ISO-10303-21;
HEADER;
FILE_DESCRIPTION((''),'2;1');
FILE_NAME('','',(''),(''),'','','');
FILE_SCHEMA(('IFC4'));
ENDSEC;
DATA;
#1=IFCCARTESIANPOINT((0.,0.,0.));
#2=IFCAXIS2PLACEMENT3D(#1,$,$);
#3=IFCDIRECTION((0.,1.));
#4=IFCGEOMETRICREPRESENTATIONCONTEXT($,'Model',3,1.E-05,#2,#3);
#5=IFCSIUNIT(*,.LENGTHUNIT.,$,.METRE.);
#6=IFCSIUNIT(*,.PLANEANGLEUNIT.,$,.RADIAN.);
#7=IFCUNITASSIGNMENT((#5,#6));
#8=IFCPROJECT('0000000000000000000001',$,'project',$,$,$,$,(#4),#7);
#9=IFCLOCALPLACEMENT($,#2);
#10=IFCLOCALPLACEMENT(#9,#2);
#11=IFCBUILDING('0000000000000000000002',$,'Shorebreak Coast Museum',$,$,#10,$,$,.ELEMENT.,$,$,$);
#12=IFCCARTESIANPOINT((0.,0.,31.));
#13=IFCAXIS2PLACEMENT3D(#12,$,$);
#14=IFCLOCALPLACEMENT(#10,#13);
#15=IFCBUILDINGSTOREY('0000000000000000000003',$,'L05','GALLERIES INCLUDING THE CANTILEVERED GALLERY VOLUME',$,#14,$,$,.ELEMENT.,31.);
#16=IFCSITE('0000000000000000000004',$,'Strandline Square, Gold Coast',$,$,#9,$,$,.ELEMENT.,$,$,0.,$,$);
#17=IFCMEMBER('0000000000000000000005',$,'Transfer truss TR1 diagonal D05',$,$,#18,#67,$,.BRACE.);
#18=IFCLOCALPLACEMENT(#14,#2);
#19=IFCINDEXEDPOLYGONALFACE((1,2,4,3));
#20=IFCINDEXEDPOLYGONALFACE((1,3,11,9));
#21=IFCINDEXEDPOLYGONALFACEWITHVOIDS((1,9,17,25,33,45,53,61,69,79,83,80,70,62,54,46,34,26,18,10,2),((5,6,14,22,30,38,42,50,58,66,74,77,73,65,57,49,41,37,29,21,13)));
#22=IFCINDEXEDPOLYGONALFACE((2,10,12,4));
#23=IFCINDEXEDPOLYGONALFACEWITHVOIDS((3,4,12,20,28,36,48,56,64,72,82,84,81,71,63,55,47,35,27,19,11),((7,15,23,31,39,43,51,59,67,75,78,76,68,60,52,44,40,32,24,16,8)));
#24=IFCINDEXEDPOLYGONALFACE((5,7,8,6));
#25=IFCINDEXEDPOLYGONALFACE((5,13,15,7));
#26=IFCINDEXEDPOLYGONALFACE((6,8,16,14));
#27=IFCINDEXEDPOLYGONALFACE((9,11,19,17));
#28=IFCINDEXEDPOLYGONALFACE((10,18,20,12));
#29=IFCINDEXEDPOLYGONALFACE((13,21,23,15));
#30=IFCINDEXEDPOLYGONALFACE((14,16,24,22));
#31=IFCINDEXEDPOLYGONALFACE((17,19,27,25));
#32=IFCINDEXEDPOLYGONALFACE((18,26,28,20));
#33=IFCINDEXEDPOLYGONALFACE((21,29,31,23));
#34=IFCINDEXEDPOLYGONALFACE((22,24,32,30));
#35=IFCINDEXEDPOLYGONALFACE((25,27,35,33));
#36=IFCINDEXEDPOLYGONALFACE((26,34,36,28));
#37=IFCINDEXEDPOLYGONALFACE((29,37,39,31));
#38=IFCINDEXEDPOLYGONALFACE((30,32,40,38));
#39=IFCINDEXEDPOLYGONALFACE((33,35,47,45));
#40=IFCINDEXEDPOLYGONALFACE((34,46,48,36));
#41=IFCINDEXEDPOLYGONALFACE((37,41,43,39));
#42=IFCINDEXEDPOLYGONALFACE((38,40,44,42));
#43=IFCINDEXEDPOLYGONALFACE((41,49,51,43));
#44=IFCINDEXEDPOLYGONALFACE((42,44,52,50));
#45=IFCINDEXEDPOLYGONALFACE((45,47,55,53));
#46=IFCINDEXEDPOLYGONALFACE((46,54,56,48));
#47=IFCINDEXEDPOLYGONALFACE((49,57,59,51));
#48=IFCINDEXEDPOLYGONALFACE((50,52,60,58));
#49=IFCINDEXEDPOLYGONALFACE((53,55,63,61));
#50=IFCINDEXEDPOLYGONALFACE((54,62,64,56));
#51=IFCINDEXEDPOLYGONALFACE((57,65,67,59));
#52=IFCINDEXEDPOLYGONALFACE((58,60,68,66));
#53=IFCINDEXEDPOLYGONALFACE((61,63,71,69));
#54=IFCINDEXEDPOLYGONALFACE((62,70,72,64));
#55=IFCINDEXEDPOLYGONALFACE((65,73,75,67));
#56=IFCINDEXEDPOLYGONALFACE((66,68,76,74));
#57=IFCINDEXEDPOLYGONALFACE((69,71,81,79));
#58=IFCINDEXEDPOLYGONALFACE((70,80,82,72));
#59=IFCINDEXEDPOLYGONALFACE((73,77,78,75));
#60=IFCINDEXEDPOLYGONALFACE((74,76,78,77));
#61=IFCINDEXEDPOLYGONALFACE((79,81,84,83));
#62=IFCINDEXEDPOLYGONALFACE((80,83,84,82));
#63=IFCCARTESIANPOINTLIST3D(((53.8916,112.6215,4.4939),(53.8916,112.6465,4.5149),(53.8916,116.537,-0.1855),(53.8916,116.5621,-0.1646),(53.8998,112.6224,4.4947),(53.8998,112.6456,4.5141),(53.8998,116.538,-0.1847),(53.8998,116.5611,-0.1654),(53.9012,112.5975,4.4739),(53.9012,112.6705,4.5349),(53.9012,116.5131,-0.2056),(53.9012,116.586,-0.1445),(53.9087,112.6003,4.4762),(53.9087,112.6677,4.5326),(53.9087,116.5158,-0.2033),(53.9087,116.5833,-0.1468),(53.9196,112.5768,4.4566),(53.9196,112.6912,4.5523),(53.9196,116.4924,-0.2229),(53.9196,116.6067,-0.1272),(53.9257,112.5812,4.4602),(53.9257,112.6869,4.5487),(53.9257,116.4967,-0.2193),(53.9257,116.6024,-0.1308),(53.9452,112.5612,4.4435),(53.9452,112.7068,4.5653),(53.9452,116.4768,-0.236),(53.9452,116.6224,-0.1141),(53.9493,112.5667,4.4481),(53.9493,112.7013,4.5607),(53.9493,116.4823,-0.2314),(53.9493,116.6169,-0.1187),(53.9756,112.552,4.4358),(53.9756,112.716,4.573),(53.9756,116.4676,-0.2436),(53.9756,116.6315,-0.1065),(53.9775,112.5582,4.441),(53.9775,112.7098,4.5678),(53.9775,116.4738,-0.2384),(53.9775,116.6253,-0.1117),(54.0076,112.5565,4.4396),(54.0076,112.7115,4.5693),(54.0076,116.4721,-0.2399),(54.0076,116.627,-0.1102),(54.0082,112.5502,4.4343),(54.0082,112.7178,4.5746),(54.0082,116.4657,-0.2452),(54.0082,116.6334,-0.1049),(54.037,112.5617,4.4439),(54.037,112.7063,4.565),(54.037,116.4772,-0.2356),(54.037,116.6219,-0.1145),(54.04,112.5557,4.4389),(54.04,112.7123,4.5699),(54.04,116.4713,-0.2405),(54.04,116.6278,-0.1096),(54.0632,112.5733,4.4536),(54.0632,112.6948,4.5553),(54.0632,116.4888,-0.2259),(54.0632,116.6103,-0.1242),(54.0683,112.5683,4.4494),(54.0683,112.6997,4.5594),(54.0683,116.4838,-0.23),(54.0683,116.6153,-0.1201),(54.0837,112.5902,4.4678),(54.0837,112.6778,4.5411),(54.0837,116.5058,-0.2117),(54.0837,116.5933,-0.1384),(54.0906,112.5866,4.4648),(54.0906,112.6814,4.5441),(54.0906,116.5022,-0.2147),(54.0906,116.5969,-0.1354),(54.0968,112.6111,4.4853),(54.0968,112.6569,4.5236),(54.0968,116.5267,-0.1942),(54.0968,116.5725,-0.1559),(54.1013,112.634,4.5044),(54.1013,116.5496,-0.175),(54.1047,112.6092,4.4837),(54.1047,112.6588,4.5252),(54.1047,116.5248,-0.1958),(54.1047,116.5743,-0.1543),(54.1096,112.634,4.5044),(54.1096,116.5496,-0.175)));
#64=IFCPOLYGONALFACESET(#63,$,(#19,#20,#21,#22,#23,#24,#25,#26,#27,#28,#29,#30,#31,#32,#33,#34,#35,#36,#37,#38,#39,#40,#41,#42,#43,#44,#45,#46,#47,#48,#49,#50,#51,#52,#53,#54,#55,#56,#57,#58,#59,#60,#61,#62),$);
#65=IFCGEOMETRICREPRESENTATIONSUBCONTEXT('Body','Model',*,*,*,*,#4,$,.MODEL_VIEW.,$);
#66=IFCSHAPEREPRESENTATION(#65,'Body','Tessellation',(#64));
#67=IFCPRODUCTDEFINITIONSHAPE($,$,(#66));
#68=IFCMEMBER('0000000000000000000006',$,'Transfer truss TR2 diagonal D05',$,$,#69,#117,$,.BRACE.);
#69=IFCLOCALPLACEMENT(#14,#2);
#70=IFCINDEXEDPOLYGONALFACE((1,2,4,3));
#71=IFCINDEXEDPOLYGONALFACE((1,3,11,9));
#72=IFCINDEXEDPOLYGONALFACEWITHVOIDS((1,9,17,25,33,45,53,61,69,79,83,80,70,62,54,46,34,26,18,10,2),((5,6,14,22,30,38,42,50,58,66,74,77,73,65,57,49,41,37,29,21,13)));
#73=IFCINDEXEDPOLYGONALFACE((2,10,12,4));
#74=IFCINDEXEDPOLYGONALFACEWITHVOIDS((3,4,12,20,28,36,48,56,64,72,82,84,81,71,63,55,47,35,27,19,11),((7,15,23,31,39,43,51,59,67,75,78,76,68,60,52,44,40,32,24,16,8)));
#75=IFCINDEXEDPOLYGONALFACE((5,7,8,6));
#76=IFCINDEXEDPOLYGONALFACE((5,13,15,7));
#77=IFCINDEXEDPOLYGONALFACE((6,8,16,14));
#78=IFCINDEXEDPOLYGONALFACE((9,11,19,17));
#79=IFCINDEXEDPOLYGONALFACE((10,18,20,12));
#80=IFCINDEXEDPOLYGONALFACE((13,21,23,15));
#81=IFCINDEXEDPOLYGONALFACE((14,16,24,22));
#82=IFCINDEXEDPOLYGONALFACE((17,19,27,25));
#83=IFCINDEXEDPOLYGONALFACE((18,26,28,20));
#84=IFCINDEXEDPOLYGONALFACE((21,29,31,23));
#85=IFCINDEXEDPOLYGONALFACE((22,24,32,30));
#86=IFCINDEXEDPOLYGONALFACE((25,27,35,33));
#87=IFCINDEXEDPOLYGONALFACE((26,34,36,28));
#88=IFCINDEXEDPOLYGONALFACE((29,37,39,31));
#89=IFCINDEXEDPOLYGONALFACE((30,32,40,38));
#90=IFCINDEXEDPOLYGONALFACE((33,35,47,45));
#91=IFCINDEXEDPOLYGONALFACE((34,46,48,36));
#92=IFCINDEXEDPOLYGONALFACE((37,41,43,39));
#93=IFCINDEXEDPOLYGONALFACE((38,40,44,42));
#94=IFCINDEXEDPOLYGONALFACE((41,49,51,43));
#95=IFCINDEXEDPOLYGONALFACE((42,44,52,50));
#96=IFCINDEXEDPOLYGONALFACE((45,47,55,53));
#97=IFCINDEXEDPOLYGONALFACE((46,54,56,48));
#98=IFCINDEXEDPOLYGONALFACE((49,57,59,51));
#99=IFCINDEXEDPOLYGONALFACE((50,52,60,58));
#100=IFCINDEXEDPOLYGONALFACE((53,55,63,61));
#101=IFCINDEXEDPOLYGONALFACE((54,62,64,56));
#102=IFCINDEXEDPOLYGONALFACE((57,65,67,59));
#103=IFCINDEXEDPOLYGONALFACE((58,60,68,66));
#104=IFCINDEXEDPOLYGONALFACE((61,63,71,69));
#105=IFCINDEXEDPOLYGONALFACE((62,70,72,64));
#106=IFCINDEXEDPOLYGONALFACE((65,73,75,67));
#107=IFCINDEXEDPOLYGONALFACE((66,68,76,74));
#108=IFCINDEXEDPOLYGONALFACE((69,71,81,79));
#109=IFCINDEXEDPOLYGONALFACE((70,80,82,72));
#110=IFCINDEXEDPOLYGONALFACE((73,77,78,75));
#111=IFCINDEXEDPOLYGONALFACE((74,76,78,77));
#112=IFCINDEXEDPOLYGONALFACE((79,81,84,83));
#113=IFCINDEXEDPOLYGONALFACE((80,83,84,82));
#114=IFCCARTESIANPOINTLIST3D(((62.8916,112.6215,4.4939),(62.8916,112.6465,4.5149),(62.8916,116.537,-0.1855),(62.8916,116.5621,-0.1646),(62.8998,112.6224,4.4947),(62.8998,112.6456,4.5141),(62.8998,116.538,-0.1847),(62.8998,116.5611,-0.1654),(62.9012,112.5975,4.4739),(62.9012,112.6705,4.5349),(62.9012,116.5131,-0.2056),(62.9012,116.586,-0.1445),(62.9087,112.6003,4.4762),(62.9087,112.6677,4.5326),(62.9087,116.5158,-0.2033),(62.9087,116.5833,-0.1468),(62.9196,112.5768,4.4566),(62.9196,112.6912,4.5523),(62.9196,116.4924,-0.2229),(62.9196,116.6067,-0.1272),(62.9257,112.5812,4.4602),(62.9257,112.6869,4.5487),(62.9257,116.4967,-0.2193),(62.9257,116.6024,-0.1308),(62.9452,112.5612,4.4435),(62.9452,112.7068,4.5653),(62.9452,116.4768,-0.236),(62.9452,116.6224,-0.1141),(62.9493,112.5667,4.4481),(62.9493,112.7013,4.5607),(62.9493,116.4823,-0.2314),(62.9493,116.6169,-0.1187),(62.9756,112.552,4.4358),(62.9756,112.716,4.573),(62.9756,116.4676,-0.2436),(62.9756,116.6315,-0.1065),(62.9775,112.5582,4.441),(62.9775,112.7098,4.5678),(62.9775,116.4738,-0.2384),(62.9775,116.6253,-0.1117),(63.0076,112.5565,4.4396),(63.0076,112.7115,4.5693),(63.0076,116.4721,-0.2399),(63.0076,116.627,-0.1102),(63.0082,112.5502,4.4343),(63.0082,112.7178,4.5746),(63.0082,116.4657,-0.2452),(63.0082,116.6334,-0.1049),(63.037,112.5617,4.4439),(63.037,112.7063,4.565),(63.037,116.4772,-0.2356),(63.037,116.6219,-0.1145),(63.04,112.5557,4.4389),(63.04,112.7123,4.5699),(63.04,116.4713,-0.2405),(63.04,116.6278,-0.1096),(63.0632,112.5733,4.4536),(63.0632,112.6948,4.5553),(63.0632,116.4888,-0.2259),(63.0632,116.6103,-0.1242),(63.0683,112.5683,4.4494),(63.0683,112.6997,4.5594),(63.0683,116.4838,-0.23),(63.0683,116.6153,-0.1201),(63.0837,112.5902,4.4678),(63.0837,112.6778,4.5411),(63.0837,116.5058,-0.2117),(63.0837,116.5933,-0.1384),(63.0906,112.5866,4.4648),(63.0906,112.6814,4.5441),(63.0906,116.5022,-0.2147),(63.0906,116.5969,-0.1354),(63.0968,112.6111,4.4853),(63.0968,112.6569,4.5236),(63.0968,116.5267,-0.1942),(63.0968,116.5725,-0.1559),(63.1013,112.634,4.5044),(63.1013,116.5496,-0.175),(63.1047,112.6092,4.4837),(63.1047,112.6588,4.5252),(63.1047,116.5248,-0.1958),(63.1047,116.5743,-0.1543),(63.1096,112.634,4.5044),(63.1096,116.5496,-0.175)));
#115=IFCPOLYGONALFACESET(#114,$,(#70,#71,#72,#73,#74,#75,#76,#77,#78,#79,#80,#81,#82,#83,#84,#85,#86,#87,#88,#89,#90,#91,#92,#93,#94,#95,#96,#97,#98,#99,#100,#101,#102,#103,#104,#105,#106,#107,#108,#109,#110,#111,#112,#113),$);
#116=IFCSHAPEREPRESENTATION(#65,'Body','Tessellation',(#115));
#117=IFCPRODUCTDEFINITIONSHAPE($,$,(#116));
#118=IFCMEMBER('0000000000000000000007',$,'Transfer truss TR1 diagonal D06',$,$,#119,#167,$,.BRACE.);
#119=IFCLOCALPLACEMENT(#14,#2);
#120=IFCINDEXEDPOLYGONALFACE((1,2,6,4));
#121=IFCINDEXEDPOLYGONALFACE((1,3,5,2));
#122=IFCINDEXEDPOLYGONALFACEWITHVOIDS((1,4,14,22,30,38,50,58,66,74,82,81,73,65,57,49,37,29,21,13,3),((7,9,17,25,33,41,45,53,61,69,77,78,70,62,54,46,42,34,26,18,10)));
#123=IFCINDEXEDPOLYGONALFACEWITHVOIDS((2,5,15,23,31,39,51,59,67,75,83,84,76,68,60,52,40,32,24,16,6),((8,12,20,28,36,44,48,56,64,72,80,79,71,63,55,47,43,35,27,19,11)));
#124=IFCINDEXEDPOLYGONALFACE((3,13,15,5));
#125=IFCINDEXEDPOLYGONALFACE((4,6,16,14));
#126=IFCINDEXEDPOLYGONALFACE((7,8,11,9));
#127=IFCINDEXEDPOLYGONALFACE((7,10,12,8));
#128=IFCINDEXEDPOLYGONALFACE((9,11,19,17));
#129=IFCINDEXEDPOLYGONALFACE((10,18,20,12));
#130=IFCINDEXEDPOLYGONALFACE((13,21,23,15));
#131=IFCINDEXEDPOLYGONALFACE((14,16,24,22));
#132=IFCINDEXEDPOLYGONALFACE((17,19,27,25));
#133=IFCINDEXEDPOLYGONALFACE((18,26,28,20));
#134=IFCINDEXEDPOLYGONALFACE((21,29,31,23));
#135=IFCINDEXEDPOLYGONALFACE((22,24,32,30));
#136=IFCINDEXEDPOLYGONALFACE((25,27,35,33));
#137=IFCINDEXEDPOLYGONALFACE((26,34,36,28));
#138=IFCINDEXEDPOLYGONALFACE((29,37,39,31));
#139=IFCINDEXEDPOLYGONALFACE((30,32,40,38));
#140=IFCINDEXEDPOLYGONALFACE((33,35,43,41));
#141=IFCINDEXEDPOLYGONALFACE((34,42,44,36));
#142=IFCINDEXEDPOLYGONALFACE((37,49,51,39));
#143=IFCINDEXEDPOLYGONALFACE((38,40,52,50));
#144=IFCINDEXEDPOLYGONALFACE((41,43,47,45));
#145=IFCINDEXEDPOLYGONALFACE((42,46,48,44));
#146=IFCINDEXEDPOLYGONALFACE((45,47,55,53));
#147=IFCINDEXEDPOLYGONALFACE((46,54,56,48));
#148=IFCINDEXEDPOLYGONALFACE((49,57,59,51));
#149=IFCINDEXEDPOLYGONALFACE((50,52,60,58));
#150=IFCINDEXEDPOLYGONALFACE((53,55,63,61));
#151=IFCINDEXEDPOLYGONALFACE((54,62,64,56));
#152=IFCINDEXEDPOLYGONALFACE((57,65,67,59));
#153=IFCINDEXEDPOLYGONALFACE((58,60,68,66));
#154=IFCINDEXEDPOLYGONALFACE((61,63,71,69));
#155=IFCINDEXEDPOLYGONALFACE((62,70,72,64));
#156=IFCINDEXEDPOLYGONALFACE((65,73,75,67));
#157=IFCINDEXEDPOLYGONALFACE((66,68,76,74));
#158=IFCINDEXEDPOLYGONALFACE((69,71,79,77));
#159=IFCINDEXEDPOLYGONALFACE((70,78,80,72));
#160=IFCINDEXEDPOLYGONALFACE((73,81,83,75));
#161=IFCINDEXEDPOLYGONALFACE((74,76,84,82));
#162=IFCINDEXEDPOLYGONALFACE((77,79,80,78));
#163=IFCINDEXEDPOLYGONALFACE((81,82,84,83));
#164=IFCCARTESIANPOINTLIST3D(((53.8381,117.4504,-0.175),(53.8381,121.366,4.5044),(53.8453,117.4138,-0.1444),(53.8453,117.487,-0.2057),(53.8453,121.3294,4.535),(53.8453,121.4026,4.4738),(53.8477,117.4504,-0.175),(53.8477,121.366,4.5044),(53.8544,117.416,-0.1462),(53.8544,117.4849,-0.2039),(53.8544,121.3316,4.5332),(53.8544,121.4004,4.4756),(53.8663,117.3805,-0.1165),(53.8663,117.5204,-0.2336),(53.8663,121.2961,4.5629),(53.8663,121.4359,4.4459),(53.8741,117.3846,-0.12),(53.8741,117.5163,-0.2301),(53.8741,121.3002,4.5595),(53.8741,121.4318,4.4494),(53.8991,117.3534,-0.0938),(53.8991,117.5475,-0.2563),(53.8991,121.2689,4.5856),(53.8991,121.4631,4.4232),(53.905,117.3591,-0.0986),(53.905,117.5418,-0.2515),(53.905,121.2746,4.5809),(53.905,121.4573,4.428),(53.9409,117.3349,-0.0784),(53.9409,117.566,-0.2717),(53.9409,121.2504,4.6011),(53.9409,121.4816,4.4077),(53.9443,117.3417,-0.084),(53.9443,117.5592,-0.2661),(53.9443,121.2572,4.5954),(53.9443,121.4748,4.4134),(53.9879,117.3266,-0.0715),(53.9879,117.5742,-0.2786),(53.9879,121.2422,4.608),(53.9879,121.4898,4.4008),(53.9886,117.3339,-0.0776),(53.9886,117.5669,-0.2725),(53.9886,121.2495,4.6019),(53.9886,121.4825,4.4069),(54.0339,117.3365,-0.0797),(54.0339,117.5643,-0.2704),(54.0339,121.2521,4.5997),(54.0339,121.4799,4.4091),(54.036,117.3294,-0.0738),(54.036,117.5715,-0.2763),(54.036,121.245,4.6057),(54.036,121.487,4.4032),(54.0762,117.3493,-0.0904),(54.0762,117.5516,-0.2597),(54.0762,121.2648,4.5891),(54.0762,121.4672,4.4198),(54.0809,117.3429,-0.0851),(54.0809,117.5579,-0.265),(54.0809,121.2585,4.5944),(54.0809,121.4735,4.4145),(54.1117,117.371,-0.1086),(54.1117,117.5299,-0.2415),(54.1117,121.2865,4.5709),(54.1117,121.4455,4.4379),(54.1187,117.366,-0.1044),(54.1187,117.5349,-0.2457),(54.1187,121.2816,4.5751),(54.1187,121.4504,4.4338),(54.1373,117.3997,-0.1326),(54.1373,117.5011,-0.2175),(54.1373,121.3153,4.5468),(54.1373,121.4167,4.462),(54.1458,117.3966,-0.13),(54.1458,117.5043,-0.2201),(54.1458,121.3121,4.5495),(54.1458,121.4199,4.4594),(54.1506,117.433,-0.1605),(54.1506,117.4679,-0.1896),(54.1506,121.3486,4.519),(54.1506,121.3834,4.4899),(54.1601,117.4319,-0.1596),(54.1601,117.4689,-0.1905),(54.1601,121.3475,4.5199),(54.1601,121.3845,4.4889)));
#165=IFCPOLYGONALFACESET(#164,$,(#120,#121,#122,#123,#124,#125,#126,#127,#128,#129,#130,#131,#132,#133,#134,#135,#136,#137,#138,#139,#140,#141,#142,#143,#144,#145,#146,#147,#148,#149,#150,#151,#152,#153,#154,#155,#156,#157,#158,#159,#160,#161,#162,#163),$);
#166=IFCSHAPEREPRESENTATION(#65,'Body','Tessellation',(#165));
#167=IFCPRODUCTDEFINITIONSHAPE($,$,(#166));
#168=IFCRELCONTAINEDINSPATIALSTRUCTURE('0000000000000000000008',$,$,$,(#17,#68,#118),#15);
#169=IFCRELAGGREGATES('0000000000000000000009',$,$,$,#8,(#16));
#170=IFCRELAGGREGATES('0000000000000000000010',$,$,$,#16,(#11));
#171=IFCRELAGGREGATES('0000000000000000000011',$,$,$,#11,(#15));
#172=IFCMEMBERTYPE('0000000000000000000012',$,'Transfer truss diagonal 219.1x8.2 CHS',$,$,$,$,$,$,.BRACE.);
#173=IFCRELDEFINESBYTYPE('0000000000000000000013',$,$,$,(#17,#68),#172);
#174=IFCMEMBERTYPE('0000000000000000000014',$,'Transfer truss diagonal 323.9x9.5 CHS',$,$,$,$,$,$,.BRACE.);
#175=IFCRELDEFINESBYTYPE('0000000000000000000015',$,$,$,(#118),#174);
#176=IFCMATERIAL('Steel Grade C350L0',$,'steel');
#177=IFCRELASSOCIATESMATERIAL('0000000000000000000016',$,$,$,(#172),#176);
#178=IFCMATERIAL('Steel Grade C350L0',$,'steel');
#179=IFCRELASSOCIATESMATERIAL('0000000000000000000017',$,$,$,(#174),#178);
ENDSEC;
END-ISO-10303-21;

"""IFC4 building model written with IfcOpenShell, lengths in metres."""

from ifc_helpers import new_model, si_unit, direction, frame, origin, origin_2d, place, context, subcontext, project, spatial, hollow_circle, extrude, material, material_profile, profile_set, type_object, element, save


model = new_model("IFC4")

# Units and contexts
model_context = context("Model", 3, precision=1e-05, world=origin(), true_north=direction((0.0, 1.0)))
body_context = subcontext(model_context, "Body", "Model", "MODEL_VIEW")
ifc_project = project(units=[si_unit("LENGTHUNIT", "METRE"), si_unit("PLANEANGLEUNIT", "RADIAN")], contexts=[model_context])

# Site, building, storey
site_placement = place(None, origin())
site = spatial("IfcSite", under=ifc_project, at=site_placement, Name="Strandline Square, Gold Coast", CompositionType="ELEMENT", RefElevation=0.0)
building_placement = place(site_placement, origin())
building = spatial("IfcBuilding", under=site, at=building_placement, Name="Shorebreak Coast Museum", CompositionType="ELEMENT")
storey_placement = place(building_placement, frame((0.0, 0.0, 31.0)))
storey = spatial("IfcBuildingStorey", under=building, at=storey_placement, Name="L05", Description="GALLERIES INCLUDING THE CANTILEVERED GALLERY VOLUME", CompositionType="ELEMENT", Elevation=31.0)

# Members
ifc_material_1 = material(Name="Steel Grade C350L0", Category="steel")
ifc_material_profile_1 = material_profile(ifc_material_1, hollow_circle(Radius=0.1096, WallThickness=0.0083, at=origin_2d()), Name="219.1x8.2 CHS")
ifc_profile_set_1 = profile_set([ifc_material_profile_1], Name="Steel Grade C350L0")
member_type_1 = type_object("IfcMemberType", Name="Transfer truss diagonal 219.1x8.2 CHS", PredefinedType="BRACE", material=ifc_profile_set_1)
for number, where, z_axis, x_axis, name in (
    (1, (54.0, 116.5496, -0.175), (0.0, -0.64173, 0.766931), (1.0, 0.0, 0.0), "Transfer truss TR1 diagonal D05"),
    (2, (63.0, 116.5496, -0.175), (0.0, -0.64173, 0.766931), (1.0, 0.0, 0.0), "Transfer truss TR2 diagonal D05"),
):
    element("IfcMember", number, at=place(storey_placement, frame(where, z_axis=z_axis, x_axis=x_axis)), inside=storey, type_object=member_type_1, Name=name, PredefinedType="BRACE", context=body_context, shape_type="SweptSolid", body=[
        extrude(hollow_circle(Radius=0.1096, WallThickness=0.0083, at=origin_2d()), origin(), (0.0, 0.0, 1.0), 6.1016),
    ])
ifc_material_2 = material(Name="Steel Grade C350L0", Category="steel")
ifc_material_profile_2 = material_profile(ifc_material_2, hollow_circle(Radius=0.1619, WallThickness=0.0095, at=origin_2d()), Name="323.9x9.5 CHS")
ifc_profile_set_2 = profile_set([ifc_material_profile_2], Name="Steel Grade C350L0")
member_type_2 = type_object("IfcMemberType", Name="Transfer truss diagonal 323.9x9.5 CHS", PredefinedType="BRACE", material=ifc_profile_set_2)
for number, where, z_axis, x_axis, name in (
    (3, (54.0, 117.4504, -0.175), (0.0, 0.64173, 0.766931), (-1.0, 0.0, 0.0), "Transfer truss TR1 diagonal D06"),
):
    element("IfcMember", number, at=place(storey_placement, frame(where, z_axis=z_axis, x_axis=x_axis)), inside=storey, type_object=member_type_2, Name=name, PredefinedType="BRACE", context=body_context, shape_type="SweptSolid", body=[
        extrude(hollow_circle(Radius=0.1619, WallThickness=0.0095, at=origin_2d()), origin(), (0.0, 0.0, 1.0), 6.1016),
    ])

save(model, "model.ifc")
